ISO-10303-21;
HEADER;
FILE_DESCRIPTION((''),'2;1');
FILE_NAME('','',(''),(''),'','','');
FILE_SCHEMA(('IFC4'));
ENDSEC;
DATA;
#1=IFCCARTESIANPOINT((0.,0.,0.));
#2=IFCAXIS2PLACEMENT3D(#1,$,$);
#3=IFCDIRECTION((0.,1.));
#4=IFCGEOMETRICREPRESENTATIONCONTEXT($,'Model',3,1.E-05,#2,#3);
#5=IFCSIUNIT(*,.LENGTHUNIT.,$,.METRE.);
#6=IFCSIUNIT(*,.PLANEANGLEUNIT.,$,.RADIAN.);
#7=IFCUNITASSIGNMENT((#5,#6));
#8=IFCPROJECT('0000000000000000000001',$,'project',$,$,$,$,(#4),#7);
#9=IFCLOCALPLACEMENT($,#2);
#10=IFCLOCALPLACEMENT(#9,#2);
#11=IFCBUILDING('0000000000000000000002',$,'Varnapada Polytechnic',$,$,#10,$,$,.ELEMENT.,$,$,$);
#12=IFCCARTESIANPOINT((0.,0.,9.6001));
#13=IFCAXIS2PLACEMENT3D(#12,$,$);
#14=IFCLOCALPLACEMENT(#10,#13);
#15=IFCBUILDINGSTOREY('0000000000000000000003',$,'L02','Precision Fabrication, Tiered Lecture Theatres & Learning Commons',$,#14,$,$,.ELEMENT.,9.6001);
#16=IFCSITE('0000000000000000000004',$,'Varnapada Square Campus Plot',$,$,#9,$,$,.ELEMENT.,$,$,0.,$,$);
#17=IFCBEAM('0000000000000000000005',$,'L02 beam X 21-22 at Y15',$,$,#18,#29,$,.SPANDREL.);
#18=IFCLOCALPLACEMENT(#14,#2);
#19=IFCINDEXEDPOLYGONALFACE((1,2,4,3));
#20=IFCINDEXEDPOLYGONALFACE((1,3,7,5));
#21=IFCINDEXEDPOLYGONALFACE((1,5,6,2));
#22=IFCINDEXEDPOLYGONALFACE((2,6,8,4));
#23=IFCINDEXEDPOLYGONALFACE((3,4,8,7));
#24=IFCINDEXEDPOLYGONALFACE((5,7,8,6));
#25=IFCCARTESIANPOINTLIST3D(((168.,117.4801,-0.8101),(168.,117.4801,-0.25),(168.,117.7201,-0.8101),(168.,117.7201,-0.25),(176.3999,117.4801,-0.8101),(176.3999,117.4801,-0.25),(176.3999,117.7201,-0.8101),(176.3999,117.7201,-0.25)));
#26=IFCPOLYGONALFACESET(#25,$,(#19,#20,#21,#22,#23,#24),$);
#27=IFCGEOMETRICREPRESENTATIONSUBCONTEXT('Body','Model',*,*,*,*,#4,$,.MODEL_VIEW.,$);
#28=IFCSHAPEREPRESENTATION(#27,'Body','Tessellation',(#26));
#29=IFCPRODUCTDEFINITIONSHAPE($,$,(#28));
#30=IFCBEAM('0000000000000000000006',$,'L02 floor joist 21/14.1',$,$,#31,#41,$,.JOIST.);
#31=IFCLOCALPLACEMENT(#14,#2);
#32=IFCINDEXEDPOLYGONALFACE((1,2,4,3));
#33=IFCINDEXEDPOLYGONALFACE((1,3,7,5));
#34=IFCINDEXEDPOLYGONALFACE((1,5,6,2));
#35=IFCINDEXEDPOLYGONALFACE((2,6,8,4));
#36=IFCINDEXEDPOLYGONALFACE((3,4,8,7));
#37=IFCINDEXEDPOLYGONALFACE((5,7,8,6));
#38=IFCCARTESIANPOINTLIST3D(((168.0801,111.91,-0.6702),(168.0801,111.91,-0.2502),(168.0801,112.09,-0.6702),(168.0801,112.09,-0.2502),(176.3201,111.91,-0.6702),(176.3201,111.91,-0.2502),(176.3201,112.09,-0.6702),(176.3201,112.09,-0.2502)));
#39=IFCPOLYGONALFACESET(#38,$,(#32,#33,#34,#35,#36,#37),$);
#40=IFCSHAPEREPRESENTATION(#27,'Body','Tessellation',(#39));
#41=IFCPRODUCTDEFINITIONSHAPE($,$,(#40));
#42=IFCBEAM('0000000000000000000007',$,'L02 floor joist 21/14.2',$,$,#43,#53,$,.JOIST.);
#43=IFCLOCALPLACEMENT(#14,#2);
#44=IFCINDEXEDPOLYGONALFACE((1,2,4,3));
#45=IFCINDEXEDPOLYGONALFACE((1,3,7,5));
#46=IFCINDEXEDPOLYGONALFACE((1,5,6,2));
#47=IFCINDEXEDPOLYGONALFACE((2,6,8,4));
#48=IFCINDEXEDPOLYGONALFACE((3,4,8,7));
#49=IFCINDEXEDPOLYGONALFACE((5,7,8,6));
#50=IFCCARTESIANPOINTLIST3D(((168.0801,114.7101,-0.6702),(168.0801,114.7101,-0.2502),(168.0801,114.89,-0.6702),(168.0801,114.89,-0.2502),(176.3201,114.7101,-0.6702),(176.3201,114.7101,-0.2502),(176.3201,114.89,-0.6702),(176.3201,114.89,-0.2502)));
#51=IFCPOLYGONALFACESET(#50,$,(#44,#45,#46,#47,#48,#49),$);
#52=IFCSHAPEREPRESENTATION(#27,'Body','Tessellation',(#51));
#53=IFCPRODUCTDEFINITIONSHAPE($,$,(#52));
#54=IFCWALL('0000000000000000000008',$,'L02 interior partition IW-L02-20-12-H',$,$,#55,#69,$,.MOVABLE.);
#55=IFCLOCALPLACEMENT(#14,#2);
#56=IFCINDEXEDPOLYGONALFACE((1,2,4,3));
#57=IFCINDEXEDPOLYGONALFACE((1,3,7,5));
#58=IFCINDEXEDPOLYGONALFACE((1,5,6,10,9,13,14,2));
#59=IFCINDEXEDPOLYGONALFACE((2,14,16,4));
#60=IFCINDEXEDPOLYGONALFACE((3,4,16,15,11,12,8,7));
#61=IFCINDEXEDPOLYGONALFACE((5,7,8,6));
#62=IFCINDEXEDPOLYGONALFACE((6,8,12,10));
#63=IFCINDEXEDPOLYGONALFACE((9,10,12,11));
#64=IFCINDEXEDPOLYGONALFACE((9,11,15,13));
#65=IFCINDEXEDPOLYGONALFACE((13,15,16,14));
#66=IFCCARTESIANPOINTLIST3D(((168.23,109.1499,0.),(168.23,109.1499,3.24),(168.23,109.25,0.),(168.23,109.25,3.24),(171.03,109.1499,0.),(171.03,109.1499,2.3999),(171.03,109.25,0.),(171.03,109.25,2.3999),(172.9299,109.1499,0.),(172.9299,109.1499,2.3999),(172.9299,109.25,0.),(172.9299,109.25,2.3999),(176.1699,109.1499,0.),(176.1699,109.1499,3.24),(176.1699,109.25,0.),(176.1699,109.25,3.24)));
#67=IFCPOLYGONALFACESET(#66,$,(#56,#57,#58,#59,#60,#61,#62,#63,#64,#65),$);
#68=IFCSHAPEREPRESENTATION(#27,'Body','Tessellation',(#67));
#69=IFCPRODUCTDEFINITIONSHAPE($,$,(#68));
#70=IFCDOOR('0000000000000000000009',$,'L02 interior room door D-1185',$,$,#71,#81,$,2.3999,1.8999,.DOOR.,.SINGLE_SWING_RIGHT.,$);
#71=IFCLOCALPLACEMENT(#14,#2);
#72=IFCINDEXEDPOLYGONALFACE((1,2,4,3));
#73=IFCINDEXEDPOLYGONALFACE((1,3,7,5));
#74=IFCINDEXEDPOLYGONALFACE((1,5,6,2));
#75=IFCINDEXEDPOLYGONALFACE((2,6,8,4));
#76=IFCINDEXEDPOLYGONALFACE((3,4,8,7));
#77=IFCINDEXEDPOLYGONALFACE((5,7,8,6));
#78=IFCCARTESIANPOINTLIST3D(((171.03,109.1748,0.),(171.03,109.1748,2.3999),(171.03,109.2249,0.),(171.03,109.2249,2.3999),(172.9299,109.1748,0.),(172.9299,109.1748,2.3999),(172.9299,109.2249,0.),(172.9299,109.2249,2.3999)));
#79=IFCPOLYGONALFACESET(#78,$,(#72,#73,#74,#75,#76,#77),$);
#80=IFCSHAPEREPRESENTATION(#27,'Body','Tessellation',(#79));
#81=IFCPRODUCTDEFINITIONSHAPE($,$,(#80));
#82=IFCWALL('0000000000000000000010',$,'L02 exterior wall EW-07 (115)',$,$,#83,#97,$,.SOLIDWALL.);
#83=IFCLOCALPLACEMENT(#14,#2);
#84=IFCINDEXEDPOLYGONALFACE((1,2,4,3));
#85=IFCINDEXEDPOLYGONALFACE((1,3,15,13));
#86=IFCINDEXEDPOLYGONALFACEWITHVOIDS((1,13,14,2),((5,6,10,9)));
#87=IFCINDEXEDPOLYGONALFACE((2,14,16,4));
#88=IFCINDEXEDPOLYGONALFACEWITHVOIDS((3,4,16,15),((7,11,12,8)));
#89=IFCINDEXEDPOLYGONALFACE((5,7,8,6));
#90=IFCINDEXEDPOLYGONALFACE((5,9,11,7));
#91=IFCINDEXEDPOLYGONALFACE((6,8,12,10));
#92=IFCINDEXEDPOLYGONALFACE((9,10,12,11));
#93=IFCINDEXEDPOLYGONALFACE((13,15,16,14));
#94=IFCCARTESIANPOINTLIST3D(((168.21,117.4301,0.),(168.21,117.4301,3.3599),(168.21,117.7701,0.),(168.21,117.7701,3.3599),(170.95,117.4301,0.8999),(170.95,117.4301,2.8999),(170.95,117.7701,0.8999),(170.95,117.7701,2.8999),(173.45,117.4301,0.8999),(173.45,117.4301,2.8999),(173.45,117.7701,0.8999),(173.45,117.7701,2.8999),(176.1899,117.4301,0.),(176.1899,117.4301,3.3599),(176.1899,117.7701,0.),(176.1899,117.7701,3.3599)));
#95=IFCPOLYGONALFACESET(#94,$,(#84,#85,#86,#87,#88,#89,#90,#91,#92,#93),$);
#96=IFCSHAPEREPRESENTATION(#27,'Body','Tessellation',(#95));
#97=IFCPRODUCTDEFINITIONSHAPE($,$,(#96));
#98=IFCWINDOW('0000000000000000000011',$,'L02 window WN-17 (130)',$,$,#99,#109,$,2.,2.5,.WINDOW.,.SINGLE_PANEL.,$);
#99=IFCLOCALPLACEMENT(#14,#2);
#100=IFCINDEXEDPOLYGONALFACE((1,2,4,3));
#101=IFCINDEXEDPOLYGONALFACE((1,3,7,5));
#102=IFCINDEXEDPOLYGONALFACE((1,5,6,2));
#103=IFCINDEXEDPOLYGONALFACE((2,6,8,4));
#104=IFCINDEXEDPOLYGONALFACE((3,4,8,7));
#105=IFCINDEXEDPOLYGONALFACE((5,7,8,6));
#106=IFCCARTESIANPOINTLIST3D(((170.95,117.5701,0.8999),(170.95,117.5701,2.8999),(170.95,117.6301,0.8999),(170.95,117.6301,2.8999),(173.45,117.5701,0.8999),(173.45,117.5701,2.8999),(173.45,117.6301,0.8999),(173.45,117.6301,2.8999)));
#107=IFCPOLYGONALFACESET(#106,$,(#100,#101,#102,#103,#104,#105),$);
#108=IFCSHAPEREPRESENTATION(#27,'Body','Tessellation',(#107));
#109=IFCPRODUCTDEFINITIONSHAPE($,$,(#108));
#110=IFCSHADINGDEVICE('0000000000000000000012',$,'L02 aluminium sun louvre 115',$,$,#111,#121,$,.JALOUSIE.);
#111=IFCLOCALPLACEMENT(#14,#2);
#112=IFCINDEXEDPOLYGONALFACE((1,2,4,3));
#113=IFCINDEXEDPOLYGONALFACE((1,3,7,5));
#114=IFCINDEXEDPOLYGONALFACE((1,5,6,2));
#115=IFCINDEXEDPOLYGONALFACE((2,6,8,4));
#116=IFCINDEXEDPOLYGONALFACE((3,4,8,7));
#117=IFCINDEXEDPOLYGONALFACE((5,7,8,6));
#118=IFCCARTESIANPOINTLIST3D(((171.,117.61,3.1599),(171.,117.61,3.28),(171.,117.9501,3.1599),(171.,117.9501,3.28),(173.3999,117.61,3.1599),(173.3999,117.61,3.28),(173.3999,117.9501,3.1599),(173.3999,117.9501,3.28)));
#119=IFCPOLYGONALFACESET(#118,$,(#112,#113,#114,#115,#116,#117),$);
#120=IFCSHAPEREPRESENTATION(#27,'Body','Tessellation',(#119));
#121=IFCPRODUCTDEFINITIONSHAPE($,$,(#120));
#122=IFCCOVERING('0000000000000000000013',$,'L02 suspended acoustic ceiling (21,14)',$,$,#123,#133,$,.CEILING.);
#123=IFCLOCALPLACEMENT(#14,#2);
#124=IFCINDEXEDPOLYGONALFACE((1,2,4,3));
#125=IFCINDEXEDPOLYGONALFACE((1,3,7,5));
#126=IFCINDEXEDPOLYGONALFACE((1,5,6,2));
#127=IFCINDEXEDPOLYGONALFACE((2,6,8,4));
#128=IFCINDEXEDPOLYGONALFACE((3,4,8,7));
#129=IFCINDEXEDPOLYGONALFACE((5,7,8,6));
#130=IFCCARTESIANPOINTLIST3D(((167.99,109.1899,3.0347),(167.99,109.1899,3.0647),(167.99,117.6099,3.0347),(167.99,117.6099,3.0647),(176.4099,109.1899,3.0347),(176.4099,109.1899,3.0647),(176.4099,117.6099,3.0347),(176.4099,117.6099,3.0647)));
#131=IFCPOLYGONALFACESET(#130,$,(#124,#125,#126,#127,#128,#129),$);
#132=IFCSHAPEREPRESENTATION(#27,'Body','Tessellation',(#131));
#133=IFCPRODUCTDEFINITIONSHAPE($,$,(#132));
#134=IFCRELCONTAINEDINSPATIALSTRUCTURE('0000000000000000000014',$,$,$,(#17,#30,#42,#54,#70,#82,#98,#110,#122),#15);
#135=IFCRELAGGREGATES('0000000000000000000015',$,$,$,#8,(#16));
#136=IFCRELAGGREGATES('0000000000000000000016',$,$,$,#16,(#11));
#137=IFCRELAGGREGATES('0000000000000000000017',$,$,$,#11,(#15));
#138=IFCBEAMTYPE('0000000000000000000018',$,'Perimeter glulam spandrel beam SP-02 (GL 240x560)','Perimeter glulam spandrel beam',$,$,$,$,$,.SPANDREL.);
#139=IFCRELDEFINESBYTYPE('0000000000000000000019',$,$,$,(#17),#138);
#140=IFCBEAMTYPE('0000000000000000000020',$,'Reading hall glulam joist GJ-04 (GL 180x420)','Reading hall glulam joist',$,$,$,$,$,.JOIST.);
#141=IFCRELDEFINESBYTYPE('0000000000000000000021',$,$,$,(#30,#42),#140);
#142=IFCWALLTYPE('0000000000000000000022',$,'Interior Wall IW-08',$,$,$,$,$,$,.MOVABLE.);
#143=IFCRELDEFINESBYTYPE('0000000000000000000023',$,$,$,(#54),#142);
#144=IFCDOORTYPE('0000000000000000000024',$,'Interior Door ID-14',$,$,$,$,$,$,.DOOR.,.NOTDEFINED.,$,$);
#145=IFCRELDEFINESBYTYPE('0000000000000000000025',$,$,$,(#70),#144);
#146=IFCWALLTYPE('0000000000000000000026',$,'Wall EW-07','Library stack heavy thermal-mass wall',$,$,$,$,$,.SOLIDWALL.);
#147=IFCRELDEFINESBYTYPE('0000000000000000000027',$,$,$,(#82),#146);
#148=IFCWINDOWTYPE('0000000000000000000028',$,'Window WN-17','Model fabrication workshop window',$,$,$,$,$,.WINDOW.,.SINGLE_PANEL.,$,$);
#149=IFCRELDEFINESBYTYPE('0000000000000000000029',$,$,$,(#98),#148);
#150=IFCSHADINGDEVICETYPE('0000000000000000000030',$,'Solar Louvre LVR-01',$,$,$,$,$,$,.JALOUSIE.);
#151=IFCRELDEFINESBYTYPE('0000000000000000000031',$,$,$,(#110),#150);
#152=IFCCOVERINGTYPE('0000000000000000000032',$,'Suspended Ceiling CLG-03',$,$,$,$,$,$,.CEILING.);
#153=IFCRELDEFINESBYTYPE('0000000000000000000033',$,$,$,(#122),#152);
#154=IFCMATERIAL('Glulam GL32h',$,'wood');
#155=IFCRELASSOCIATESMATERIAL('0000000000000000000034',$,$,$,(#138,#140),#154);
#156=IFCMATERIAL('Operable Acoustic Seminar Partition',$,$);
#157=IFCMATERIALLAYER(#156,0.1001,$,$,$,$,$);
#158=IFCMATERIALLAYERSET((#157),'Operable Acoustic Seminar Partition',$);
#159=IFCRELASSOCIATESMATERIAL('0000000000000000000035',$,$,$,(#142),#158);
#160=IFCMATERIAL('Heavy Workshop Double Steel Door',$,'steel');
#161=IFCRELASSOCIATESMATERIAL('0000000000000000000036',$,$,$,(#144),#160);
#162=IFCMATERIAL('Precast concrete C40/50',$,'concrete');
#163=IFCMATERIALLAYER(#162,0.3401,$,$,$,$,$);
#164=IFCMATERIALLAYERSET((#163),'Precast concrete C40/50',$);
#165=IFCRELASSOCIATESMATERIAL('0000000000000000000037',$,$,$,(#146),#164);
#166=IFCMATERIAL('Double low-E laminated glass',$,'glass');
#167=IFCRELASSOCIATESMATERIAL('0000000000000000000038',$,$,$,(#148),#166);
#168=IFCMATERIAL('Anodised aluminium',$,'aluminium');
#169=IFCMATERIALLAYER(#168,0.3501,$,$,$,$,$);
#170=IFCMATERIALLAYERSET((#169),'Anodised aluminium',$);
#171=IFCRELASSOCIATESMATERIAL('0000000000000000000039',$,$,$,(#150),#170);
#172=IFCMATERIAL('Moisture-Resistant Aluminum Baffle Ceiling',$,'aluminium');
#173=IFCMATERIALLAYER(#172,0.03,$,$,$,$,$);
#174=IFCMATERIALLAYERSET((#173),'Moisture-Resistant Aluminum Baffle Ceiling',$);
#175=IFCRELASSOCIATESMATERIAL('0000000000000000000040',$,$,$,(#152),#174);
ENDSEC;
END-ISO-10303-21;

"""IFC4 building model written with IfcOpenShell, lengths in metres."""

from ifc_helpers import new_model, si_unit, direction, frame, frame_2d, origin, origin_2d, place, context, subcontext, project, spatial, rectangle, extrude, material, layer, layer_set, material_profile, profile_set, type_object, element, fill, save


model = new_model("IFC4")

# Units and contexts
model_context = context("Model", 3, precision=1e-05, world=origin(), true_north=direction((0.0, 1.0)))
body_context = subcontext(model_context, "Body", "Model", "MODEL_VIEW")
ifc_project = project(units=[si_unit("LENGTHUNIT", "METRE"), si_unit("PLANEANGLEUNIT", "RADIAN")], contexts=[model_context])

# Site, building, storey
site_placement = place(None, origin())
site = spatial("IfcSite", under=ifc_project, at=site_placement, Name="Varnapada Square Campus Plot", CompositionType="ELEMENT", RefElevation=0.0)
building_placement = place(site_placement, origin())
building = spatial("IfcBuilding", under=site, at=building_placement, Name="Varnapada Polytechnic", CompositionType="ELEMENT")
storey_placement = place(building_placement, frame((0.0, 0.0, 9.6001)))
storey = spatial("IfcBuildingStorey", under=building, at=storey_placement, Name="L02", Description="Precision Fabrication, Tiered Lecture Theatres & Learning Commons", CompositionType="ELEMENT", Elevation=9.6001)

# Beams
ifc_material_1 = material(Name="Glulam GL32h", Category="wood")
ifc_material_profile_1 = material_profile(ifc_material_1, rectangle(XDim=0.24, YDim=0.5601, at=origin_2d()), Name="GL 240x560")
ifc_profile_set_1 = profile_set([ifc_material_profile_1], Name="Glulam GL32h")
beam_type_1 = type_object("IfcBeamType", Name="Perimeter glulam spandrel beam SP-02 (GL 240x560)", Description="Perimeter glulam spandrel beam", PredefinedType="SPANDREL", material=ifc_profile_set_1)
beam_placement = place(storey_placement, frame((168.0, 117.6001, -0.53), z_axis=(1.0, 0.0, 0.0), x_axis=(0.0, 1.0, 0.0)))
element("IfcBeam", 1, at=beam_placement, inside=storey, type_object=beam_type_1, Name="L02 beam X 21-22 at Y15", PredefinedType="SPANDREL", context=body_context, shape_type="SweptSolid", body=[
    extrude(rectangle(XDim=0.24, YDim=0.5601, at=origin_2d()), origin(), (0.0, 0.0, 1.0), 8.3999),
])
ifc_material_profile_2 = material_profile(ifc_material_1, rectangle(XDim=0.1799, YDim=0.4199, at=origin_2d()), Name="GL 180x420")
ifc_profile_set_2 = profile_set([ifc_material_profile_2], Name="Glulam GL32h")
beam_type_2 = type_object("IfcBeamType", Name="Reading hall glulam joist GJ-04 (GL 180x420)", Description="Reading hall glulam joist", PredefinedType="JOIST", material=ifc_profile_set_2)
for number, where, z_axis, x_axis, name in (
    (2, (168.0801, 112.0, -0.4602), (1.0, 0.0, 0.0), (0.0, 1.0, 0.0), "L02 floor joist 21/14.1"),
    (3, (168.0801, 114.8, -0.4602), (1.0, 0.0, 0.0), (0.0, 1.0, 0.0), "L02 floor joist 21/14.2"),
):
    element("IfcBeam", number, at=place(storey_placement, frame(where, z_axis=z_axis, x_axis=x_axis)), inside=storey, type_object=beam_type_2, Name=name, PredefinedType="JOIST", context=body_context, shape_type="SweptSolid", body=[
        extrude(rectangle(XDim=0.1799, YDim=0.4199, at=origin_2d()), origin(), (0.0, 0.0, 1.0), 8.24),
    ])

# Wall, opening, door
ifc_material_2 = material(Name="Operable Acoustic Seminar Partition")
ifc_layer_1 = layer(ifc_material_2, 0.1001)
ifc_layer_set_1 = layer_set([ifc_layer_1], Name="Operable Acoustic Seminar Partition")
wall_type_1 = type_object("IfcWallType", Name="Interior Wall IW-08", PredefinedType="MOVABLE", material=ifc_layer_set_1)
wall_1_placement = place(storey_placement, frame((168.23, 109.2, 0.0), z_axis=(0.0, 0.0, 1.0), x_axis=(1.0, 0.0, 0.0)))
wall_1 = element("IfcWall", 4, at=wall_1_placement, inside=storey, type_object=wall_type_1, Name="L02 interior partition IW-L02-20-12-H", PredefinedType="MOVABLE", context=body_context, shape_type="SweptSolid", body=[
    extrude(rectangle(XDim=7.9399, YDim=0.1001, at=frame_2d((3.97, 0.0))), origin(), (0.0, 0.0, 1.0), 3.24),
])
opening_1_placement = place(wall_1_placement, frame((2.8, 0.0, 0.0)))
opening_1 = element("IfcOpeningElement", 5, at=opening_1_placement, cuts=wall_1, PredefinedType="OPENING", context=body_context, shape_type="SweptSolid", body=[
    extrude(rectangle(XDim=1.8999, YDim=2.3999, at=frame_2d((0.95, 1.2))), frame((0.0, 0.0601, 0.0), z_axis=(0.0, -1.0, 0.0), x_axis=(1.0, 0.0, 0.0)), (0.0, 0.0, 1.0), 0.1201),
])
ifc_material_3 = material(Name="Heavy Workshop Double Steel Door", Category="steel")
door_type = type_object("IfcDoorType", Name="Interior Door ID-14", OperationType="NOTDEFINED", PredefinedType="DOOR", material=ifc_material_3)
door_placement = place(opening_1_placement, origin())
door = element("IfcDoor", 6, at=door_placement, inside=storey, type_object=door_type, Name="L02 interior room door D-1185", OperationType="SINGLE_SWING_RIGHT", OverallHeight=2.3999, OverallWidth=1.8999, PredefinedType="DOOR", context=body_context, shape_type="SweptSolid", body=[
    extrude(rectangle(XDim=1.8999, YDim=2.3999, at=frame_2d((0.95, 1.2))), frame((0.0, 0.0249, 0.0), z_axis=(0.0, -1.0, 0.0), x_axis=(1.0, 0.0, 0.0)), (0.0, 0.0, 1.0), 0.05),
])
fill(opening_1, door)

# Wall, opening, window
ifc_material_4 = material(Name="Precast concrete C40/50", Category="concrete")
ifc_layer_2 = layer(ifc_material_4, 0.3401)
ifc_layer_set_2 = layer_set([ifc_layer_2], Name="Precast concrete C40/50")
wall_type_2 = type_object("IfcWallType", Name="Wall EW-07", Description="Library stack heavy thermal-mass wall", PredefinedType="SOLIDWALL", material=ifc_layer_set_2)
wall_2_placement = place(storey_placement, frame((168.21, 117.6001, 0.0), z_axis=(0.0, 0.0, 1.0), x_axis=(1.0, 0.0, 0.0)))
wall_2 = element("IfcWall", 7, at=wall_2_placement, inside=storey, type_object=wall_type_2, Name="L02 exterior wall EW-07 (115)", PredefinedType="SOLIDWALL", context=body_context, shape_type="SweptSolid", body=[
    extrude(rectangle(XDim=7.98, YDim=0.3401, at=frame_2d((3.99, 0.0))), origin(), (0.0, 0.0, 1.0), 3.3599),
])
opening_2_placement = place(wall_2_placement, frame((2.74, 0.0, 0.8999)))
opening_2 = element("IfcOpeningElement", 8, at=opening_2_placement, cuts=wall_2, PredefinedType="OPENING", context=body_context, shape_type="SweptSolid", body=[
    extrude(rectangle(XDim=2.5, YDim=2.0, at=frame_2d((1.25, 1.0))), frame((0.0, 0.1799, 0.0), z_axis=(0.0, -1.0, 0.0), x_axis=(1.0, 0.0, 0.0)), (0.0, 0.0, 1.0), 0.3601),
])
ifc_material_5 = material(Name="Double low-E laminated glass", Category="glass")
window_type = type_object("IfcWindowType", Name="Window WN-17", Description="Model fabrication workshop window", PartitioningType="SINGLE_PANEL", PredefinedType="WINDOW", material=ifc_material_5)
window_placement = place(opening_2_placement, origin())
window = element("IfcWindow", 9, at=window_placement, inside=storey, type_object=window_type, Name="L02 window WN-17 (130)", OverallHeight=2.0, OverallWidth=2.5, PartitioningType="SINGLE_PANEL", PredefinedType="WINDOW", context=body_context, shape_type="SweptSolid", body=[
    extrude(rectangle(XDim=2.5, YDim=2.0, at=frame_2d((1.25, 1.0))), frame((0.0, 0.03, 0.0), z_axis=(0.0, -1.0, 0.0), x_axis=(1.0, 0.0, 0.0)), (0.0, 0.0, 1.0), 0.0601),
])
fill(opening_2, window)

# Shading device
ifc_material_6 = material(Name="Anodised aluminium", Category="aluminium")
ifc_layer_3 = layer(ifc_material_6, 0.3501)
ifc_layer_set_3 = layer_set([ifc_layer_3], Name="Anodised aluminium")
shading_device_type = type_object("IfcShadingDeviceType", Name="Solar Louvre LVR-01", PredefinedType="JALOUSIE", material=ifc_layer_set_3)
shading_device_placement = place(storey_placement, frame((172.2, 117.78, 3.1599), z_axis=(0.0, 0.0, 1.0), x_axis=(1.0, 0.0, 0.0)))
element("IfcShadingDevice", 10, at=shading_device_placement, inside=storey, type_object=shading_device_type, Name="L02 aluminium sun louvre 115", PredefinedType="JALOUSIE", context=body_context, shape_type="SweptSolid", body=[
    extrude(rectangle(XDim=2.3999, YDim=0.3401, at=origin_2d()), origin(), (0.0, 0.0, 1.0), 0.1201),
])

# Covering
ifc_material_7 = material(Name="Moisture-Resistant Aluminum Baffle Ceiling", Category="aluminium")
ifc_layer_4 = layer(ifc_material_7, 0.03)
ifc_layer_set_4 = layer_set([ifc_layer_4], Name="Moisture-Resistant Aluminum Baffle Ceiling")
covering_type_1 = type_object("IfcCoveringType", Name="Suspended Ceiling CLG-03", PredefinedType="CEILING", material=ifc_layer_set_4)
covering_1_placement = place(storey_placement, frame((172.2, 113.3999, 3.0347), z_axis=(0.0, 0.0, 1.0), x_axis=(1.0, 0.0, 0.0)))
element("IfcCovering", 11, at=covering_1_placement, inside=storey, type_object=covering_type_1, Name="L02 suspended acoustic ceiling (21,14)", PredefinedType="CEILING", context=body_context, shape_type="SweptSolid", body=[
    extrude(rectangle(XDim=8.4199, YDim=8.4199, at=origin_2d()), origin(), (0.0, 0.0, 1.0), 0.03),
])

save(model, "model.ifc")
